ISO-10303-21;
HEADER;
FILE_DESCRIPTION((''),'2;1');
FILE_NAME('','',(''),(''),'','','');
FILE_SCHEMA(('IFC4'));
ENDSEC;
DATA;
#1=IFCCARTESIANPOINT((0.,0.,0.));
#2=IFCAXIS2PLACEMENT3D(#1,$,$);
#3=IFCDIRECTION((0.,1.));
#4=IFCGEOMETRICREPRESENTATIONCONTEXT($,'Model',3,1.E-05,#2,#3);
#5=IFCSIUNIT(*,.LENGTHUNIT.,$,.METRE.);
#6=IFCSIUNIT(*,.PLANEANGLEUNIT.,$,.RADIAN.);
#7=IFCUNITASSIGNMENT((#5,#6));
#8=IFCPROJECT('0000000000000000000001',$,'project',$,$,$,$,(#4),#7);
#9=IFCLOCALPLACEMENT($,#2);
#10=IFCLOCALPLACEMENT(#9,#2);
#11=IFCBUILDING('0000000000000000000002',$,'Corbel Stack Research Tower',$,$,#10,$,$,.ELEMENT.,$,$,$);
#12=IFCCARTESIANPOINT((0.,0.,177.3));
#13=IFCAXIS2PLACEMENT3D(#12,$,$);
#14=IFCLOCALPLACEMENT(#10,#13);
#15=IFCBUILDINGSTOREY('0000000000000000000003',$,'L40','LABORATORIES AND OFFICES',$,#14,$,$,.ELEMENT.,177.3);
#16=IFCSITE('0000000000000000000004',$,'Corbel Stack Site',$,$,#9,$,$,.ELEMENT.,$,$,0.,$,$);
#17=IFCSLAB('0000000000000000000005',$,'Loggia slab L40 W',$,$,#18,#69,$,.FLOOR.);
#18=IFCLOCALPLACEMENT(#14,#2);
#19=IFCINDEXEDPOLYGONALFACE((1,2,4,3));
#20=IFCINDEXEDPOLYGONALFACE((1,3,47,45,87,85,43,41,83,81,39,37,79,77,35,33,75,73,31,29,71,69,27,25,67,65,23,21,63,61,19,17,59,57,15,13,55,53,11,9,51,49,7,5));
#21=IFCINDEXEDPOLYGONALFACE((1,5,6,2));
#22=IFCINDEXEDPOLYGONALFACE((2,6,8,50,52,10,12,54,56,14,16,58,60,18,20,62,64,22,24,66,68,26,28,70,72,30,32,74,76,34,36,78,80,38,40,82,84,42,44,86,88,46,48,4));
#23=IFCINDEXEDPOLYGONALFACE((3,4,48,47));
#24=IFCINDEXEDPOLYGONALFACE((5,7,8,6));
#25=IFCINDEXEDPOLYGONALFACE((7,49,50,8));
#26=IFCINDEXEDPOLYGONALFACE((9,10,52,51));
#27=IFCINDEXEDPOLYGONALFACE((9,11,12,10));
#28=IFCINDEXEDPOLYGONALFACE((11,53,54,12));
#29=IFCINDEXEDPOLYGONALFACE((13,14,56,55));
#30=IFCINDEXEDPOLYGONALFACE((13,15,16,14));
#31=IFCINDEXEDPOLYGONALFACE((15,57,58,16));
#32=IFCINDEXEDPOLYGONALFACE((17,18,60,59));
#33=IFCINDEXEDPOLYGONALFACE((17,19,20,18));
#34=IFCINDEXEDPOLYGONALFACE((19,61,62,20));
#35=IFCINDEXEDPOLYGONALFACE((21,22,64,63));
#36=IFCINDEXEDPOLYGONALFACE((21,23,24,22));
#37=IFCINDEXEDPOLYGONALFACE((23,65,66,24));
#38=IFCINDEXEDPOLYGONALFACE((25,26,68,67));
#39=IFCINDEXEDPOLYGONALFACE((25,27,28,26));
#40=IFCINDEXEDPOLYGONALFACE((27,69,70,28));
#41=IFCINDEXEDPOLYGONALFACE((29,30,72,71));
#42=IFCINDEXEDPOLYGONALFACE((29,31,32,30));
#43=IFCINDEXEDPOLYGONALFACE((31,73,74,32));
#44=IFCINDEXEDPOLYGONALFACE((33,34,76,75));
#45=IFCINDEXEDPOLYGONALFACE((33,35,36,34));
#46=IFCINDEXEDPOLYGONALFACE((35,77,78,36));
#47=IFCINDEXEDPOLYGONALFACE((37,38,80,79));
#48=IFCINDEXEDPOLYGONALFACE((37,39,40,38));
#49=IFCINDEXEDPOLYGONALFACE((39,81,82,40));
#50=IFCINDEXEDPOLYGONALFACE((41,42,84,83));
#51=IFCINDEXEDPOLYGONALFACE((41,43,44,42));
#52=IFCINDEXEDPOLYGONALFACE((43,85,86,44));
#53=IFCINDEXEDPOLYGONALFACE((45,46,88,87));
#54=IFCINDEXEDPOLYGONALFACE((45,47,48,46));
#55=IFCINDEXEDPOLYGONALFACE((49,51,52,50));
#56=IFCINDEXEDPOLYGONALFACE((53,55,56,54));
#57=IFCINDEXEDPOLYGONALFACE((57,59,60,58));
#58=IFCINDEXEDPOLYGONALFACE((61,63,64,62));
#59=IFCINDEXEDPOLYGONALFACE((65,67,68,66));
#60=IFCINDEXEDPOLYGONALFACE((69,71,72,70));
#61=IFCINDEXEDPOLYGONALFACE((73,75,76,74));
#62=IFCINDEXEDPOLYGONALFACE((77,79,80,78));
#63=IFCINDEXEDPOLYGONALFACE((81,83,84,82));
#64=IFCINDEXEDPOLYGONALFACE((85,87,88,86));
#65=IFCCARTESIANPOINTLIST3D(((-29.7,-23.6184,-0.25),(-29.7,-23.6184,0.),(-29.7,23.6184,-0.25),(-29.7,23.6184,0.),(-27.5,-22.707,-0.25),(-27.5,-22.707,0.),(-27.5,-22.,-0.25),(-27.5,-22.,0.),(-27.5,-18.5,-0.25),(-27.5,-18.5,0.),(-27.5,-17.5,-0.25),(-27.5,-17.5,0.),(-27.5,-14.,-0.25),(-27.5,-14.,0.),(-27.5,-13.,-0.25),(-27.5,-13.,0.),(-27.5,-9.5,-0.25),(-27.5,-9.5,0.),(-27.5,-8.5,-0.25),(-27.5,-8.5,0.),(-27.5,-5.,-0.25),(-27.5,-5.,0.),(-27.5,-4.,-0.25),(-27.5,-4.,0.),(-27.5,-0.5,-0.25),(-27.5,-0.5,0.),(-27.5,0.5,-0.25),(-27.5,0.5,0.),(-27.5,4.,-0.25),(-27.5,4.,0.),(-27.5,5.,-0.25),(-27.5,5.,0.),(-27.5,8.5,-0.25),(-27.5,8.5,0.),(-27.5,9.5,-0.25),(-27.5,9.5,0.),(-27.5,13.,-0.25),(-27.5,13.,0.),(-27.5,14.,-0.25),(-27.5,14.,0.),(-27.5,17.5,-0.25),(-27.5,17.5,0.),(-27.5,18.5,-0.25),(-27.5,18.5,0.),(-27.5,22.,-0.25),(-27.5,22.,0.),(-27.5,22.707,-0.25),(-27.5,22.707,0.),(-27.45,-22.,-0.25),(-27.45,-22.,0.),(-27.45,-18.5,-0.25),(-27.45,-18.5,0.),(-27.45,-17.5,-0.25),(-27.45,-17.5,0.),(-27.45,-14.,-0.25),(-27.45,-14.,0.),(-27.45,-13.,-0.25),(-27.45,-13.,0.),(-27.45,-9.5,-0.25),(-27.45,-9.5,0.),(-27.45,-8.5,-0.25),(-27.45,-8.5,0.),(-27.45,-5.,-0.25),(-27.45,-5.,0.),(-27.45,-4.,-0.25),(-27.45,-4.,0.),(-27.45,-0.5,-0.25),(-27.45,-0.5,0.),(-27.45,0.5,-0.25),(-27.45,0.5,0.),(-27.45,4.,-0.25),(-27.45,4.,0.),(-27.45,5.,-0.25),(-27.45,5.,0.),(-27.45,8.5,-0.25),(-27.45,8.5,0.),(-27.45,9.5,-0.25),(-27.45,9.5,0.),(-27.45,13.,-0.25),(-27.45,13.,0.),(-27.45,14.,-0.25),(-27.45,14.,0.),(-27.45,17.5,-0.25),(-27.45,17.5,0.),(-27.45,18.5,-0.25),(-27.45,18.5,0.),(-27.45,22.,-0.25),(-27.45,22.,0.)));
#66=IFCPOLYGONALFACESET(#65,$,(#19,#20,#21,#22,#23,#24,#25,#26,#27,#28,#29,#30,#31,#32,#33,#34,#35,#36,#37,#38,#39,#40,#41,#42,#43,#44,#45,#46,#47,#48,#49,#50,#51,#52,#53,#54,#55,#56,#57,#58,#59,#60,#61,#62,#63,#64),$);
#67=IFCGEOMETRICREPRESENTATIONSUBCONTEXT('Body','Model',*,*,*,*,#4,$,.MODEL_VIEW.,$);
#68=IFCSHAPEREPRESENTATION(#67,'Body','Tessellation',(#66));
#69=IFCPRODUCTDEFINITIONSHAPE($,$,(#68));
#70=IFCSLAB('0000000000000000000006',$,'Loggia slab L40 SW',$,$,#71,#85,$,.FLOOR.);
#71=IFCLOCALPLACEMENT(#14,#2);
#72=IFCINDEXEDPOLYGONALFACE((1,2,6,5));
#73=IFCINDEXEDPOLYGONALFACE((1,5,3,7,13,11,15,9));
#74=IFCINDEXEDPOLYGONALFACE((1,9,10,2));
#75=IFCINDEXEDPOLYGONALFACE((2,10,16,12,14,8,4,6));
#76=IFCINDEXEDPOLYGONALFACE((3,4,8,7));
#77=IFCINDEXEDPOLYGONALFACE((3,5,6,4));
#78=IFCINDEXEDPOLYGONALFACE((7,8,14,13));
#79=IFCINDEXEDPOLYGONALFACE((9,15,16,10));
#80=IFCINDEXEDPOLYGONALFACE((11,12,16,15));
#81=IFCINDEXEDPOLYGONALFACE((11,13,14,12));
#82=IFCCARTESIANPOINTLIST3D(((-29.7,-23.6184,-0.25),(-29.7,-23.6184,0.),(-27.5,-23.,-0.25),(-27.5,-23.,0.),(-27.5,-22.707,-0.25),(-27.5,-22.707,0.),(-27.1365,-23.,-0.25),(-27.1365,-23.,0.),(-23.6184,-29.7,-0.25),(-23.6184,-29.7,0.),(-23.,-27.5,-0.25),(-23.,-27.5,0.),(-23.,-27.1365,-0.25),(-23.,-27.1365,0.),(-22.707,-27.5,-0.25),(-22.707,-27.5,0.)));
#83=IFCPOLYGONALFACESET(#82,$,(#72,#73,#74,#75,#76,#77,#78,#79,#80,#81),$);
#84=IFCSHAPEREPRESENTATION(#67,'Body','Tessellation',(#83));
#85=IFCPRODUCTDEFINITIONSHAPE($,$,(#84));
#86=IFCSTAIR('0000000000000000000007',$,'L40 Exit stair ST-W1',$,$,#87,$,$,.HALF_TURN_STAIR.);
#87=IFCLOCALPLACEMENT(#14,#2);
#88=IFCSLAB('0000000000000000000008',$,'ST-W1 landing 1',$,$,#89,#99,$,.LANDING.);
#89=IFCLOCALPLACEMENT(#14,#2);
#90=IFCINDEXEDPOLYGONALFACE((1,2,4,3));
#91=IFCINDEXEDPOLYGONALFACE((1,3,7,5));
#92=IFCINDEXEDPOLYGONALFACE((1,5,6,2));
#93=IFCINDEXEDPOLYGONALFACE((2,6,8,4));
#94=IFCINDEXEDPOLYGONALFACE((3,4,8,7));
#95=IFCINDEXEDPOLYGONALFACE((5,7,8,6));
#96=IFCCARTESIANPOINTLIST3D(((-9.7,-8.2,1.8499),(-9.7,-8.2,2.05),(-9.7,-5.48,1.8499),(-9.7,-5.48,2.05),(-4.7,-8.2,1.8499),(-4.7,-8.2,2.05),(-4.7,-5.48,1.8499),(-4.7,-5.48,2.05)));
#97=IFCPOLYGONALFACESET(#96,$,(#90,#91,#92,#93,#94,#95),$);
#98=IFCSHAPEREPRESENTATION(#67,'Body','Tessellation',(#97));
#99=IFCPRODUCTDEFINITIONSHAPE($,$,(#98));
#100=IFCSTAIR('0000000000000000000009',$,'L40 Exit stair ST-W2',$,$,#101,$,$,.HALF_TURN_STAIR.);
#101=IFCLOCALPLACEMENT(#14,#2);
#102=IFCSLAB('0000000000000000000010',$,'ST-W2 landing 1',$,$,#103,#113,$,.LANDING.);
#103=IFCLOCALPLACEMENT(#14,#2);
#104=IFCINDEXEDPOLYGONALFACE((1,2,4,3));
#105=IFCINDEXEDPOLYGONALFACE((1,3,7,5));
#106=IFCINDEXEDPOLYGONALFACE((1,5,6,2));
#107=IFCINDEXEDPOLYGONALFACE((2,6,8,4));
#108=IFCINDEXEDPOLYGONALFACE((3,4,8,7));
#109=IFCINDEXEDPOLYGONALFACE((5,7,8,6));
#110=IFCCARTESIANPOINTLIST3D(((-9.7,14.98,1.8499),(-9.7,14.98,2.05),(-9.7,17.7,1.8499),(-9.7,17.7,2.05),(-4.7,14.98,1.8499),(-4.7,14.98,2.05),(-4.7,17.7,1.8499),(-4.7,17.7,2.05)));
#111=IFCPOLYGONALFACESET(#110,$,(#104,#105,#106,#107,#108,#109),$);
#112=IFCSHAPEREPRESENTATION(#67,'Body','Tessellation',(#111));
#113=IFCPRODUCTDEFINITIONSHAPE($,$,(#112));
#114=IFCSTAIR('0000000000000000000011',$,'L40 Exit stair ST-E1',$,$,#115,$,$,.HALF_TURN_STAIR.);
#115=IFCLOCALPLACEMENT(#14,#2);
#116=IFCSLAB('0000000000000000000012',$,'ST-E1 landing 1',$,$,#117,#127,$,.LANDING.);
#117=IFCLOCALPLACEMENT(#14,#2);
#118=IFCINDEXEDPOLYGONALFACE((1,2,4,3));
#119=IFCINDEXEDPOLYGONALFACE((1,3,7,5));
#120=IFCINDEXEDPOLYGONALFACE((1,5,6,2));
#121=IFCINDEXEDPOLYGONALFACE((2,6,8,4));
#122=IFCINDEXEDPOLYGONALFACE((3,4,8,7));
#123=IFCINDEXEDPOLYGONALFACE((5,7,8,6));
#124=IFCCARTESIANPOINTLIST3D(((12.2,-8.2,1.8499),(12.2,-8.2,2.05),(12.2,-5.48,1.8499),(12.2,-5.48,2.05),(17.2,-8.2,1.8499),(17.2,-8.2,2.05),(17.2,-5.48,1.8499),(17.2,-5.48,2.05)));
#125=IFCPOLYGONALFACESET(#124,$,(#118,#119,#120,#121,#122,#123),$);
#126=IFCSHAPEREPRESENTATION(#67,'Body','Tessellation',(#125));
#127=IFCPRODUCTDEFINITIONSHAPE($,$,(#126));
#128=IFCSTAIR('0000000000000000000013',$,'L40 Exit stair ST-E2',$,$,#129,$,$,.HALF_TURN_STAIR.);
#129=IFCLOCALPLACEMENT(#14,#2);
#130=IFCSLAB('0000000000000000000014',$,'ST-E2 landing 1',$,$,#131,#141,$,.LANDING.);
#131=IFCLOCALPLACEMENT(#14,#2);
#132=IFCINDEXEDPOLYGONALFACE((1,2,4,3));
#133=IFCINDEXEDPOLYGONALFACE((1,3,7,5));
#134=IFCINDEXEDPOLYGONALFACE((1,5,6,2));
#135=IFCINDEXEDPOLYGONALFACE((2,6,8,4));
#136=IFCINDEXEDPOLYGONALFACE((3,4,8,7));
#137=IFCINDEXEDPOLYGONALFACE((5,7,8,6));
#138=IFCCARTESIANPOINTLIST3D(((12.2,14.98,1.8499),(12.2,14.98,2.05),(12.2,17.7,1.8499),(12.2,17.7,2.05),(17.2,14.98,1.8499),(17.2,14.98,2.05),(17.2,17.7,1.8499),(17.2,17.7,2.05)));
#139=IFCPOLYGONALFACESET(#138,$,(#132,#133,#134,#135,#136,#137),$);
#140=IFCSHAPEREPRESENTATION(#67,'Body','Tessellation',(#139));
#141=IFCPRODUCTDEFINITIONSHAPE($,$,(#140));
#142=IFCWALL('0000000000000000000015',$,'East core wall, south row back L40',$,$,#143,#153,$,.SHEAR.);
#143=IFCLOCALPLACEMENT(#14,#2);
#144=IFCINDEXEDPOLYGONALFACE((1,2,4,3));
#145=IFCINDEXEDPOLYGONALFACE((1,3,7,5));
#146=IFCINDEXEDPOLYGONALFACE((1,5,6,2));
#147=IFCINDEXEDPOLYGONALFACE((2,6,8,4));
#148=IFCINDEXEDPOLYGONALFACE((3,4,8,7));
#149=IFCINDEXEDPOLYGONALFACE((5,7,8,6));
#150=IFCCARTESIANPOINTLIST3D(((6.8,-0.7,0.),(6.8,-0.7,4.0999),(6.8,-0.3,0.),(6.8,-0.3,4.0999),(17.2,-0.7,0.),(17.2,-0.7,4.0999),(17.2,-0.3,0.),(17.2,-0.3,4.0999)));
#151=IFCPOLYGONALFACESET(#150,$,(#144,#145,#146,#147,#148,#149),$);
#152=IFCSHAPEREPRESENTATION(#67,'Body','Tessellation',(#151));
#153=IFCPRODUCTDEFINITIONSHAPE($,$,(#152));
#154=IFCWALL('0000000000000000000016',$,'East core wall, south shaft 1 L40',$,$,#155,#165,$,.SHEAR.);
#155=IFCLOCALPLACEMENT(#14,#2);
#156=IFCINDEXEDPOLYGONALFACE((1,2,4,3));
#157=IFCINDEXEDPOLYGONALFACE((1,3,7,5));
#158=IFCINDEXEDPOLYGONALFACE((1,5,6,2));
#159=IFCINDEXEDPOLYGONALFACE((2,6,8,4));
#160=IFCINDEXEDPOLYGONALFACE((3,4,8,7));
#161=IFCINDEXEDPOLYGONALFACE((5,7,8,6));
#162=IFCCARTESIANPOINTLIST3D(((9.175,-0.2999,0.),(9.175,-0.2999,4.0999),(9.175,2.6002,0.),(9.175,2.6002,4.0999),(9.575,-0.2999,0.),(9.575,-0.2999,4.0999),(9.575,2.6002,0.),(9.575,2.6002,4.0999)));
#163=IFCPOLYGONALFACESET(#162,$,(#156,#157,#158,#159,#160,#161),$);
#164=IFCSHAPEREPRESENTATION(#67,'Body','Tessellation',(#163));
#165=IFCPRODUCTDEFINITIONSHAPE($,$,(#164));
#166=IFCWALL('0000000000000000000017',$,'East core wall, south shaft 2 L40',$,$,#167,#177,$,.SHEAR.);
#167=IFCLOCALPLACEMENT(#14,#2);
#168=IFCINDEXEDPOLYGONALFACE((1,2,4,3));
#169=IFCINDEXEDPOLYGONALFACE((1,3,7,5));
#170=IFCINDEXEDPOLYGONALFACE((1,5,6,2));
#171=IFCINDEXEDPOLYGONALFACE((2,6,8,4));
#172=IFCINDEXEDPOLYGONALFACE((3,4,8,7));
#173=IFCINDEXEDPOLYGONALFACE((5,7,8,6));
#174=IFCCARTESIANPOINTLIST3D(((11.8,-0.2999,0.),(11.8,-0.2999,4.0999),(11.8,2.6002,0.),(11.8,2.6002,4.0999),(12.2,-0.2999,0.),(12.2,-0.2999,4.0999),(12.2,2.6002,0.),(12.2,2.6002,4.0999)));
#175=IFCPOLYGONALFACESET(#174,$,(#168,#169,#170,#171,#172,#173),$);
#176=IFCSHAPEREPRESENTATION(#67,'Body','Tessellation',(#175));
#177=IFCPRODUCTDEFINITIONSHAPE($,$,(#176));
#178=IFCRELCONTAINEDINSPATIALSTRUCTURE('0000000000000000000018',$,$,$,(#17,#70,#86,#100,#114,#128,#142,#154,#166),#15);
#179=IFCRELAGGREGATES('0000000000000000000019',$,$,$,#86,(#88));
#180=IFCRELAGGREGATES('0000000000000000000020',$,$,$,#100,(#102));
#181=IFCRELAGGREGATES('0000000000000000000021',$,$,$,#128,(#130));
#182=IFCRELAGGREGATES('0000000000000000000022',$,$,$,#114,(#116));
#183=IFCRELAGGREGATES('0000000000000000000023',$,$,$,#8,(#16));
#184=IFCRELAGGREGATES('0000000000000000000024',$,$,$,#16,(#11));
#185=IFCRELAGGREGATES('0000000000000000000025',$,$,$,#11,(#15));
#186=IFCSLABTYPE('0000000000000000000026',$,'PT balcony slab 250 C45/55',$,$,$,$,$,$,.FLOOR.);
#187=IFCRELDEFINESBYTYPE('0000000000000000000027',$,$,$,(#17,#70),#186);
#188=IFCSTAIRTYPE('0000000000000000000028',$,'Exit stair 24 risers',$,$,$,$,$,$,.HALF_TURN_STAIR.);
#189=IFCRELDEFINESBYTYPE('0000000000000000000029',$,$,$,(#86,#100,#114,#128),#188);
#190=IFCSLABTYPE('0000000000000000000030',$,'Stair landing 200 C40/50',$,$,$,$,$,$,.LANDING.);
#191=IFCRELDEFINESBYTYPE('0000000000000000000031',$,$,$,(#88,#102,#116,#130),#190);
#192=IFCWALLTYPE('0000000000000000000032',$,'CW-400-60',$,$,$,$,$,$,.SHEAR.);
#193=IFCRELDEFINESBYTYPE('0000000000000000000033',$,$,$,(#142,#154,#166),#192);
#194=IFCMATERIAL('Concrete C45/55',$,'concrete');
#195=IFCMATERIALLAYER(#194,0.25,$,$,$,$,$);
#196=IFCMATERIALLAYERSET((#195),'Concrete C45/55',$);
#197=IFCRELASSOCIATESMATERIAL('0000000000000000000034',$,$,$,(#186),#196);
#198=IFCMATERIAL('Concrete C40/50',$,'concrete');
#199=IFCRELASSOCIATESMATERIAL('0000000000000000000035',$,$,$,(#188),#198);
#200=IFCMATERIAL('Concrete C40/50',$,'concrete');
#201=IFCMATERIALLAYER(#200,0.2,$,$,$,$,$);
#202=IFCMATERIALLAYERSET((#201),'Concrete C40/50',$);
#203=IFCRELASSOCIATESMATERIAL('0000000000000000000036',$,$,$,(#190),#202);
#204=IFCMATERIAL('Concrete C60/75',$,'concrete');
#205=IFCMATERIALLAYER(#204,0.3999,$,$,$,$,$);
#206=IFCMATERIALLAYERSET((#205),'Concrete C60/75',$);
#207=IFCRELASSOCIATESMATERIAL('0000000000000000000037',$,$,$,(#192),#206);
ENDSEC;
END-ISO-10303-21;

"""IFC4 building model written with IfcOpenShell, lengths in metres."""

from ifc_helpers import new_model, si_unit, direction, frame, frame_2d, origin, place, context, subcontext, project, spatial, polyline, rectangle, outline, extrude, material, layer, layer_set, type_object, element, aggregate, save


model = new_model("IFC4")

# Units and contexts
model_context = context("Model", 3, precision=1e-05, world=origin(), true_north=direction((0.0, 1.0)))
body_context = subcontext(model_context, "Body", "Model", "MODEL_VIEW")
ifc_project = project(units=[si_unit("LENGTHUNIT", "METRE"), si_unit("PLANEANGLEUNIT", "RADIAN")], contexts=[model_context])

# Site, building, storey
site_placement = place(None, origin())
site = spatial("IfcSite", under=ifc_project, at=site_placement, Name="Corbel Stack Site", CompositionType="ELEMENT", RefElevation=0.0)
building_placement = place(site_placement, origin())
building = spatial("IfcBuilding", under=site, at=building_placement, Name="Corbel Stack Research Tower", CompositionType="ELEMENT")
storey_placement = place(building_placement, frame((0.0, 0.0, 177.3)))
storey = spatial("IfcBuildingStorey", under=building, at=storey_placement, Name="L40", Description="LABORATORIES AND OFFICES", CompositionType="ELEMENT", Elevation=177.3)

# Slabs
ifc_material_1 = material(Name="Concrete C45/55", Category="concrete")
ifc_layer_1 = layer(ifc_material_1, 0.25)
ifc_layer_set_1 = layer_set([ifc_layer_1], Name="Concrete C45/55")
slab_type_1 = type_object("IfcSlabType", Name="PT balcony slab 250 C45/55", PredefinedType="FLOOR", material=ifc_layer_set_1)
slab_1_placement = place(storey_placement, frame((0.0, 0.0, -0.25)))
element("IfcSlab", 1, at=slab_1_placement, inside=storey, type_object=slab_type_1, Name="Loggia slab L40 W", PredefinedType="FLOOR", context=body_context, shape_type="SweptSolid", body=[
    extrude(outline(polyline([(-27.5, -22.707), (-27.5, -22.0), (-27.45, -22.0), (-27.45, -18.5), (-27.5, -18.5), (-27.5, -17.5), (-27.45, -17.5), (-27.45, -14.0), (-27.5, -14.0), (-27.5, -13.0), (-27.45, -13.0), (-27.45, -9.5), (-27.5, -9.5), (-27.5, -8.5), (-27.45, -8.5), (-27.45, -5.0), (-27.5, -5.0), (-27.5, -4.0), (-27.45, -4.0), (-27.45, -0.5), (-27.5, -0.5), (-27.5, 0.5), (-27.45, 0.5), (-27.45, 4.0), (-27.5, 4.0), (-27.5, 5.0), (-27.45, 5.0), (-27.45, 8.5), (-27.5, 8.5), (-27.5, 9.5), (-27.45, 9.5), (-27.45, 13.0), (-27.5, 13.0), (-27.5, 14.0), (-27.45, 14.0), (-27.45, 17.5), (-27.5, 17.5), (-27.5, 18.5), (-27.45, 18.5), (-27.45, 22.0), (-27.5, 22.0), (-27.5, 22.707), (-29.7, 23.6184), (-29.7, -23.6184), (-27.5, -22.707)])), origin(), (0.0, 0.0, 1.0), 0.25),
])
slab_2_placement = place(storey_placement, frame((0.0, 0.0, -0.25)))
element("IfcSlab", 2, at=slab_2_placement, inside=storey, type_object=slab_type_1, Name="Loggia slab L40 SW", PredefinedType="FLOOR", context=body_context, shape_type="SweptSolid", body=[
    extrude(outline(polyline([(-22.707, -27.5), (-23.0, -27.5), (-23.0, -27.1365), (-27.1365, -23.0), (-27.5, -23.0), (-27.5, -22.707), (-29.7, -23.6184), (-23.6184, -29.7), (-22.707, -27.5)])), origin(), (0.0, 0.0, 1.0), 0.25),
])

# Stairs, slabs
ifc_material_2 = material(Name="Concrete C40/50", Category="concrete")
stair_type = type_object("IfcStairType", Name="Exit stair 24 risers", PredefinedType="HALF_TURN_STAIR", material=ifc_material_2)
stair_1_placement = place(storey_placement, origin())
stair_1 = element("IfcStair", 3, at=stair_1_placement, inside=storey, type_object=stair_type, Name="L40 Exit stair ST-W1", PredefinedType="HALF_TURN_STAIR")
ifc_material_3 = material(Name="Concrete C40/50", Category="concrete")
ifc_layer_2 = layer(ifc_material_3, 0.2)
ifc_layer_set_2 = layer_set([ifc_layer_2], Name="Concrete C40/50")
slab_type_2 = type_object("IfcSlabType", Name="Stair landing 200 C40/50", PredefinedType="LANDING", material=ifc_layer_set_2)
slab_3_placement = place(storey_placement, frame((0.0, 0.0, 1.8499)))
slab_3 = element("IfcSlab", 4, at=slab_3_placement, type_object=slab_type_2, Name="ST-W1 landing 1", PredefinedType="LANDING", context=body_context, shape_type="SweptSolid", body=[
    extrude(outline(polyline([(-9.7, -8.2), (-9.7, -5.48), (-4.7, -5.48), (-4.7, -8.2), (-9.7, -8.2)])), origin(), (0.0, 0.0, 1.0), 0.2002),
])
aggregate(stair_1, [slab_3])
stair_2_placement = place(storey_placement, origin())
stair_2 = element("IfcStair", 5, at=stair_2_placement, inside=storey, type_object=stair_type, Name="L40 Exit stair ST-W2", PredefinedType="HALF_TURN_STAIR")
slab_4_placement = place(storey_placement, frame((0.0, 0.0, 1.8499)))
slab_4 = element("IfcSlab", 6, at=slab_4_placement, type_object=slab_type_2, Name="ST-W2 landing 1", PredefinedType="LANDING", context=body_context, shape_type="SweptSolid", body=[
    extrude(outline(polyline([(-9.7, 14.98), (-9.7, 17.7), (-4.7, 17.7), (-4.7, 14.98), (-9.7, 14.98)])), origin(), (0.0, 0.0, 1.0), 0.2002),
])
aggregate(stair_2, [slab_4])
stair_3_placement = place(storey_placement, origin())
stair_3 = element("IfcStair", 7, at=stair_3_placement, inside=storey, type_object=stair_type, Name="L40 Exit stair ST-E1", PredefinedType="HALF_TURN_STAIR")
slab_5_placement = place(storey_placement, frame((0.0, 0.0, 1.8499)))
slab_5 = element("IfcSlab", 8, at=slab_5_placement, type_object=slab_type_2, Name="ST-E1 landing 1", PredefinedType="LANDING", context=body_context, shape_type="SweptSolid", body=[
    extrude(outline(polyline([(12.2, -8.2), (12.2, -5.48), (17.2, -5.48), (17.2, -8.2), (12.2, -8.2)])), origin(), (0.0, 0.0, 1.0), 0.2002),
])
stair_4_placement = place(storey_placement, origin())
stair_4 = element("IfcStair", 9, at=stair_4_placement, inside=storey, type_object=stair_type, Name="L40 Exit stair ST-E2", PredefinedType="HALF_TURN_STAIR")
slab_6_placement = place(storey_placement, frame((0.0, 0.0, 1.8499)))
slab_6 = element("IfcSlab", 10, at=slab_6_placement, type_object=slab_type_2, Name="ST-E2 landing 1", PredefinedType="LANDING", context=body_context, shape_type="SweptSolid", body=[
    extrude(outline(polyline([(12.2, 14.98), (12.2, 17.7), (17.2, 17.7), (17.2, 14.98), (12.2, 14.98)])), origin(), (0.0, 0.0, 1.0), 0.2002),
])
aggregate(stair_4, [slab_6])

# Walls
ifc_material_4 = material(Name="Concrete C60/75", Category="concrete")
ifc_layer_3 = layer(ifc_material_4, 0.3999)
ifc_layer_set_3 = layer_set([ifc_layer_3], Name="Concrete C60/75")
wall_type_1 = type_object("IfcWallType", Name="CW-400-60", PredefinedType="SHEAR", material=ifc_layer_set_3)
wall_1_placement = place(storey_placement, frame((6.8, -0.5, 0.0), z_axis=(0.0, 0.0, 1.0), x_axis=(1.0, 0.0, 0.0)))
element("IfcWall", 11, at=wall_1_placement, inside=storey, type_object=wall_type_1, Name="East core wall, south row back L40", PredefinedType="SHEAR", context=body_context, shape_type="SweptSolid", body=[
    extrude(rectangle(XDim=10.3999, YDim=0.3999, at=frame_2d((5.2, 0.0))), origin(), (0.0, 0.0, 1.0), 4.0999),
])
for number, where, z_axis, x_axis, name in (
    (12, (9.375, -0.3, 0.0), (0.0, 0.0, 1.0), (0.0, 1.0, 0.0), "East core wall, south shaft 1 L40"),
    (13, (12.0, -0.3, 0.0), (0.0, 0.0, 1.0), (0.0, 1.0, 0.0), "East core wall, south shaft 2 L40"),
):
    element("IfcWall", number, at=place(storey_placement, frame(where, z_axis=z_axis, x_axis=x_axis)), inside=storey, type_object=wall_type_1, Name=name, PredefinedType="SHEAR", context=body_context, shape_type="SweptSolid", body=[
        extrude(rectangle(XDim=2.9001, YDim=0.3999, at=frame_2d((1.4502, 0.0))), origin(), (0.0, 0.0, 1.0), 4.0999),
    ])

aggregate(stair_3, [slab_5])

save(model, "model.ifc")
